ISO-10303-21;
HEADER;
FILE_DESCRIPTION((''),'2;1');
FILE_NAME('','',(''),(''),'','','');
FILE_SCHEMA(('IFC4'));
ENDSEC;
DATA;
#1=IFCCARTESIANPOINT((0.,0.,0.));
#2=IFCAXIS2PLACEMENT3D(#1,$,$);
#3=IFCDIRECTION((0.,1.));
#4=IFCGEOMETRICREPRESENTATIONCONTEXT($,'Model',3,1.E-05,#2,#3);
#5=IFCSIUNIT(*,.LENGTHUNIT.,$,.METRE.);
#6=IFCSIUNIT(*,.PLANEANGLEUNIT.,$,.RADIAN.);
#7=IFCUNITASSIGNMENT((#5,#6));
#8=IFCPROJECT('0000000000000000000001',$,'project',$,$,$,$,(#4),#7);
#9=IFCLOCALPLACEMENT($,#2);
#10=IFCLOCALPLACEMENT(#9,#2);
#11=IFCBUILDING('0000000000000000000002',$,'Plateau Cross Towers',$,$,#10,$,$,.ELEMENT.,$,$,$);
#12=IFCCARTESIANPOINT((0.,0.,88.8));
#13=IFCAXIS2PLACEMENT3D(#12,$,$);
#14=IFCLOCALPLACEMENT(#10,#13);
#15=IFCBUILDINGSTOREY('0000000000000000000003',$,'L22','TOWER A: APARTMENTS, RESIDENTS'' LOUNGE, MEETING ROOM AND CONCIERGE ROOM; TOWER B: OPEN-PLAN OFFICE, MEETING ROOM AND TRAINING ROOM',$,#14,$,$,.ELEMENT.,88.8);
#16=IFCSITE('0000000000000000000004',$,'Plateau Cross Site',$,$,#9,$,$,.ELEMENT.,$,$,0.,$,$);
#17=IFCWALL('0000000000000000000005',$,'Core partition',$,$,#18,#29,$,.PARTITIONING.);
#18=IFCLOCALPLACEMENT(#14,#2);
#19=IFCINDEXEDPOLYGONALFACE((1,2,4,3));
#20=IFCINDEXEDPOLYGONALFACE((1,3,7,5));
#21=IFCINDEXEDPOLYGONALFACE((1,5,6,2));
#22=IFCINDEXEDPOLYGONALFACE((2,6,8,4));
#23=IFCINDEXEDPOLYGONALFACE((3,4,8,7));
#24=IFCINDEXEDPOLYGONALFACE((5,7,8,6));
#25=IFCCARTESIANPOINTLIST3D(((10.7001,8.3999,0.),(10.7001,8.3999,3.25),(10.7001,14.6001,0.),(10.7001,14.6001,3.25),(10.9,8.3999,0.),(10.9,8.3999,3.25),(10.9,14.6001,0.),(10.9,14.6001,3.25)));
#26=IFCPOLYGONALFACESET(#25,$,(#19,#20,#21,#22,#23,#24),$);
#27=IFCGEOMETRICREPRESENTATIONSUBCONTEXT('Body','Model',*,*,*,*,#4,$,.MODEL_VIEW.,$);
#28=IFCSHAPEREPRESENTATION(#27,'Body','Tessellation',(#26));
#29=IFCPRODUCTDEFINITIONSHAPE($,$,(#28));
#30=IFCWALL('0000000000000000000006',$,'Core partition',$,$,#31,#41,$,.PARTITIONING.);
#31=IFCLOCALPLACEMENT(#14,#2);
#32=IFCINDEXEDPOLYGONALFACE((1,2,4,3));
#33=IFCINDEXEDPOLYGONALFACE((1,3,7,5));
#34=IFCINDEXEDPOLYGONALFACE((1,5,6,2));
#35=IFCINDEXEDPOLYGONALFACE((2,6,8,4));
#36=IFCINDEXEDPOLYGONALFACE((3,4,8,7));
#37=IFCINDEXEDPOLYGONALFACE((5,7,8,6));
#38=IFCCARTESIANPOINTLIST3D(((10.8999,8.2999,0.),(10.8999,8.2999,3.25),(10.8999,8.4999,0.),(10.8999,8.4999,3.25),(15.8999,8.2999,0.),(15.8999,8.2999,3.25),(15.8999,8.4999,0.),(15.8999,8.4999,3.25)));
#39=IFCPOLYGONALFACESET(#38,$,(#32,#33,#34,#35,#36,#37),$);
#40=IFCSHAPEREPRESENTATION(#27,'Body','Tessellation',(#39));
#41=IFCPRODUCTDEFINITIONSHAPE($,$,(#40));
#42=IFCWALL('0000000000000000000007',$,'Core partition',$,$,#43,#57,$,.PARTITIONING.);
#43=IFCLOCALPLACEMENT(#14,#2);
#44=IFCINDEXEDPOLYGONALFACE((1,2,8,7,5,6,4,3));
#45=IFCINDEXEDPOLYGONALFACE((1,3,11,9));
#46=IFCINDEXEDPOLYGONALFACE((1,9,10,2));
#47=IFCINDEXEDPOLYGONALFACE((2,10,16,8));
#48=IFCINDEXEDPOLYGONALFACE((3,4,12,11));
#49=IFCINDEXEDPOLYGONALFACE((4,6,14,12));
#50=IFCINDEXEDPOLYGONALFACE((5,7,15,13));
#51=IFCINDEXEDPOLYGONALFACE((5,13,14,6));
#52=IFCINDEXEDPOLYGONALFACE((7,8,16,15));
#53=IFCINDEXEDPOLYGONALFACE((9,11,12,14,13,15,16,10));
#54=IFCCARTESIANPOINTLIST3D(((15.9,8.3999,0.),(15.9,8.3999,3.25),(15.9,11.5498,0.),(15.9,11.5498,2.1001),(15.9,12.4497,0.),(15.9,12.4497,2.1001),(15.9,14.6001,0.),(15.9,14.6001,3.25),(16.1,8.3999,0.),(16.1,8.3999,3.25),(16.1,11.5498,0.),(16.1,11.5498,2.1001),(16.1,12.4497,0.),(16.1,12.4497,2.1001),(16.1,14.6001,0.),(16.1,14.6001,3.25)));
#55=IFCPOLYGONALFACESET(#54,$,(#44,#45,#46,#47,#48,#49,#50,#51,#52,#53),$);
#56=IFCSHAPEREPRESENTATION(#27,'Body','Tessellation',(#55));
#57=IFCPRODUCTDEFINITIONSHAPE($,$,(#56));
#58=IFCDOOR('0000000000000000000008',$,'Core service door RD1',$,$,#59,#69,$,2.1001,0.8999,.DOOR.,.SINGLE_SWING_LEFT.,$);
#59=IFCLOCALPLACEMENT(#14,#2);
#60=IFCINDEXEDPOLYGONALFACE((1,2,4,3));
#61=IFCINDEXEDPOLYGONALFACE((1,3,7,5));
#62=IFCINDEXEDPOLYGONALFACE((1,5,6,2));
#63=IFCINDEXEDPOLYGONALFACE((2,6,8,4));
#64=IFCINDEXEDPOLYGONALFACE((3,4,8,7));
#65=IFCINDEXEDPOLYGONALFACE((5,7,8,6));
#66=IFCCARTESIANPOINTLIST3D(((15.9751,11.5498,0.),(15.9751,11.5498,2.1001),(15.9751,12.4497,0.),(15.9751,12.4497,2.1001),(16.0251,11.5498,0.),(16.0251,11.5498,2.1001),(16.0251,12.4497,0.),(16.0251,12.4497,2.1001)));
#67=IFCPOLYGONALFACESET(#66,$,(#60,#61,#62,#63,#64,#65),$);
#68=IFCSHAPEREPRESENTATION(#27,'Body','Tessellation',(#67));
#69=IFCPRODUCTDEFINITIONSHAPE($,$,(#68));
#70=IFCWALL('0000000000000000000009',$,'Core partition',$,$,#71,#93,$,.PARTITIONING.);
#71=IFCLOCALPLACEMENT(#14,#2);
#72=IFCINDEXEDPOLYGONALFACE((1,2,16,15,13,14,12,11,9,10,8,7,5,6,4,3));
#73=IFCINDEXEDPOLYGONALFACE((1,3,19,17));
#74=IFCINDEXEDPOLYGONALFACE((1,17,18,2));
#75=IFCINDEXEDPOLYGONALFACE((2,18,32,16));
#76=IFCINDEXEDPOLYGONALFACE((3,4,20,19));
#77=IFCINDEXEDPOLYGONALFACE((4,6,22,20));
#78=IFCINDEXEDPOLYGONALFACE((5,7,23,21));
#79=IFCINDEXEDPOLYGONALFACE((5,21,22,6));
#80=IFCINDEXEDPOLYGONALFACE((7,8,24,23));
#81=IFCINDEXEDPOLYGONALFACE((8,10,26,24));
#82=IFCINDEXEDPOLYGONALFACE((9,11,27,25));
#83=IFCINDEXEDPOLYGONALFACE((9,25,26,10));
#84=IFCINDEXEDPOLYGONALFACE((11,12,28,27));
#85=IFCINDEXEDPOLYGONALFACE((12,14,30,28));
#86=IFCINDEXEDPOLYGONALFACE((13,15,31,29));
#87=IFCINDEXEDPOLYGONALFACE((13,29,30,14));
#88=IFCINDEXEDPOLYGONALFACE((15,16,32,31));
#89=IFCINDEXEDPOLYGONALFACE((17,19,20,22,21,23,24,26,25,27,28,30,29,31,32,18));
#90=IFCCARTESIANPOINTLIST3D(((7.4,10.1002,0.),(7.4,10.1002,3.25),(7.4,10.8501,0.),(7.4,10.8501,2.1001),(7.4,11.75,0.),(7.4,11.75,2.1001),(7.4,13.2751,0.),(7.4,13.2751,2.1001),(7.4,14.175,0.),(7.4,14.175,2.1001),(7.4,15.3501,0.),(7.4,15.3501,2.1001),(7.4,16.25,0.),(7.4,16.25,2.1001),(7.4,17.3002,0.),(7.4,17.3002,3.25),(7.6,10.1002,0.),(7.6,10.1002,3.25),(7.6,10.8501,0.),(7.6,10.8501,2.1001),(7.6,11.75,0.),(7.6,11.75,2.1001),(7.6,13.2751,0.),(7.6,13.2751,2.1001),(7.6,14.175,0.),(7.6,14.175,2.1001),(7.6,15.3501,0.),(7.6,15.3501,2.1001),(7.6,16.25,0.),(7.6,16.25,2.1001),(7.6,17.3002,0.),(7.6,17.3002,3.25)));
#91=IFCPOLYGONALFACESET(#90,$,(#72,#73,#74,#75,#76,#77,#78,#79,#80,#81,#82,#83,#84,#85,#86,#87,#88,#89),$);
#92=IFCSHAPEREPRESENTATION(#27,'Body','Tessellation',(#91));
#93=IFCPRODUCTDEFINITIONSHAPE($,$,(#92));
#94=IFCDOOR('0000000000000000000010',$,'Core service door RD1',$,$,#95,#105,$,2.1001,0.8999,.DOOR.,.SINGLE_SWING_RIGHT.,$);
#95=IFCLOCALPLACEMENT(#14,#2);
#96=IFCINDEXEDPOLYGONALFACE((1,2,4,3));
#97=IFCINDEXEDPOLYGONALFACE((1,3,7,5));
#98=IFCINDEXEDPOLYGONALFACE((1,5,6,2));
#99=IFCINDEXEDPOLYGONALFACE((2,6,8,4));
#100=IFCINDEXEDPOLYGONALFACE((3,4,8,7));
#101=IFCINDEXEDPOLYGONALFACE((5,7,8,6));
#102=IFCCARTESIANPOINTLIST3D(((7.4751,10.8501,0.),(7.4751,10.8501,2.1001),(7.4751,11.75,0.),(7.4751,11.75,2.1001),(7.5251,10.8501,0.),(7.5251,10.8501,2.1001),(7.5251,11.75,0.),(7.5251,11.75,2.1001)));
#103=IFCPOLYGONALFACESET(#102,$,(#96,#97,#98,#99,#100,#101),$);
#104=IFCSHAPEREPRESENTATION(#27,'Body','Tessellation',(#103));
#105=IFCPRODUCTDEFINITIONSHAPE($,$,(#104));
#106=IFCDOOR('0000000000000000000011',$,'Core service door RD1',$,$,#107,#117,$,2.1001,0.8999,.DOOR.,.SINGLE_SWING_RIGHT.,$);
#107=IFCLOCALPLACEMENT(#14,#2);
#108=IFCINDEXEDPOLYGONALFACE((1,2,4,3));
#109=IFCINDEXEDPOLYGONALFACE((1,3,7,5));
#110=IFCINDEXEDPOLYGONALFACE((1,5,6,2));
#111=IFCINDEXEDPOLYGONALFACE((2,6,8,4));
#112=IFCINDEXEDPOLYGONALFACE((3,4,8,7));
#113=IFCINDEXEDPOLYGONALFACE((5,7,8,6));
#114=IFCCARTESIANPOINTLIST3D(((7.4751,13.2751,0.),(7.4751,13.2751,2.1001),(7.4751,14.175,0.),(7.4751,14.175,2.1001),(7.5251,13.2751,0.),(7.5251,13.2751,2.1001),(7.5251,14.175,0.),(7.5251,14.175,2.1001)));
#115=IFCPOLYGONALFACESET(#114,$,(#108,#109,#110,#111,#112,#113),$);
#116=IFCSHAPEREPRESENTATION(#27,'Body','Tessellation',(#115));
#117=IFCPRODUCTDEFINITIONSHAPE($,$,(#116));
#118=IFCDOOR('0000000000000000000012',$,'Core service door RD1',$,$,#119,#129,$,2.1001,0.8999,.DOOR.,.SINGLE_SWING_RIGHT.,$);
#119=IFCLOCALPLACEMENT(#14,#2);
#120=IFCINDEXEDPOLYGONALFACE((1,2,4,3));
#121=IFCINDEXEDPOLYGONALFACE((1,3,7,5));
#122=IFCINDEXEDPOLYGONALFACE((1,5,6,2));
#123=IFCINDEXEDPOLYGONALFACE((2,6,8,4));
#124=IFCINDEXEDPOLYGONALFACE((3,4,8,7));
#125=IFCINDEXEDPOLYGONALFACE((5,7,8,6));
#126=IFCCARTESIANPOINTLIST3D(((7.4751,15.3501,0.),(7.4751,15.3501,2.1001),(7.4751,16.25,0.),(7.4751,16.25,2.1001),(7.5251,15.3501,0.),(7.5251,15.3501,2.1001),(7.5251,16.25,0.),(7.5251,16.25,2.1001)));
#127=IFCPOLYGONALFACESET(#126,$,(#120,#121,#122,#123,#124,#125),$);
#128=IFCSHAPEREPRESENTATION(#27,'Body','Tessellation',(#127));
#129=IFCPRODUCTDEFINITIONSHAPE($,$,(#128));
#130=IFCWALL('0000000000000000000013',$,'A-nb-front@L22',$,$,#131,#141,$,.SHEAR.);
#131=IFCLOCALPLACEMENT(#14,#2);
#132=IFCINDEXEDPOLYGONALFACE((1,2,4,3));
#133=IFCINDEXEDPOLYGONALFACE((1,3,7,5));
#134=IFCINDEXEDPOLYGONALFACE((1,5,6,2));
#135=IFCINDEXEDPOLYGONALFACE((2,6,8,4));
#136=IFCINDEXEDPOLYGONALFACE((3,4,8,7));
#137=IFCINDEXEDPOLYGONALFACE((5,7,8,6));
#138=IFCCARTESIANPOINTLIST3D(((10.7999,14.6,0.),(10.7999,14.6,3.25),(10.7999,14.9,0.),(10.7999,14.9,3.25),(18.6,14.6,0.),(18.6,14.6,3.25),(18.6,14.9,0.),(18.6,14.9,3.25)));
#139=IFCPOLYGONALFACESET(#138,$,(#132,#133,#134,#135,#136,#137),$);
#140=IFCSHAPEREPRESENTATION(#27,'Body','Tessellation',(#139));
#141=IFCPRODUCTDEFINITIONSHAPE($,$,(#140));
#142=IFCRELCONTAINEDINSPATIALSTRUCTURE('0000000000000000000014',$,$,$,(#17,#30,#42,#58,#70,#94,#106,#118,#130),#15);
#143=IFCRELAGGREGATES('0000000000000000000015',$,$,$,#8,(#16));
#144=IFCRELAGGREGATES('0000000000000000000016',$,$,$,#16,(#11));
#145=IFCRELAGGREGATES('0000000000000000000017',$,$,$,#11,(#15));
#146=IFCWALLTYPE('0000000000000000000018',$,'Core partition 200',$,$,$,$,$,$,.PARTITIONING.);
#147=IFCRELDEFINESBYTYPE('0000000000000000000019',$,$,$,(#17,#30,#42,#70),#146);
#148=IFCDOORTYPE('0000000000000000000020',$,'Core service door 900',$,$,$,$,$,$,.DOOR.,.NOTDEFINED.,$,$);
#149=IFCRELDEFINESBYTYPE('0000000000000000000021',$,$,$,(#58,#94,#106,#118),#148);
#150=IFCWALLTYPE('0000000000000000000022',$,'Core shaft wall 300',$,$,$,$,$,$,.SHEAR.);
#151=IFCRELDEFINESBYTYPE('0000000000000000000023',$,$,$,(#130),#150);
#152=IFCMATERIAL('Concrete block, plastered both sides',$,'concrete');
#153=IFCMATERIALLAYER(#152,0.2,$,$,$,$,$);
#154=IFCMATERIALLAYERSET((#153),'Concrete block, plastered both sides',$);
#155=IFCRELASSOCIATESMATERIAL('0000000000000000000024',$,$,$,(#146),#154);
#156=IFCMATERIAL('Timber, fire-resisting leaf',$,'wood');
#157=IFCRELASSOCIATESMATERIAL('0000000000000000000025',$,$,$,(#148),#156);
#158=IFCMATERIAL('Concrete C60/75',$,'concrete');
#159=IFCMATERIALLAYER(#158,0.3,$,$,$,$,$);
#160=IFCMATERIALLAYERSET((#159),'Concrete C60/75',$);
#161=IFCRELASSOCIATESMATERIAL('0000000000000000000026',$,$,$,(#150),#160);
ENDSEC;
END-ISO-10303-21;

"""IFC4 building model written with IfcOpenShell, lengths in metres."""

from ifc_helpers import new_model, si_unit, direction, frame, frame_2d, origin, place, context, subcontext, project, spatial, rectangle, extrude, material, layer, layer_set, type_object, element, fill, save


model = new_model("IFC4")

# Units and contexts
model_context = context("Model", 3, precision=1e-05, world=origin(), true_north=direction((0.0, 1.0)))
body_context = subcontext(model_context, "Body", "Model", "MODEL_VIEW")
ifc_project = project(units=[si_unit("LENGTHUNIT", "METRE"), si_unit("PLANEANGLEUNIT", "RADIAN")], contexts=[model_context])

# Site, building, storey
site_placement = place(None, origin())
site = spatial("IfcSite", under=ifc_project, at=site_placement, Name="Plateau Cross Site", CompositionType="ELEMENT", RefElevation=0.0)
building_placement = place(site_placement, origin())
building = spatial("IfcBuilding", under=site, at=building_placement, Name="Plateau Cross Towers", CompositionType="ELEMENT")
storey_placement = place(building_placement, frame((0.0, 0.0, 88.8)))
storey = spatial("IfcBuildingStorey", under=building, at=storey_placement, Name="L22", Description="TOWER A: APARTMENTS, RESIDENTS' LOUNGE, MEETING ROOM AND CONCIERGE ROOM; TOWER B: OPEN-PLAN OFFICE, MEETING ROOM AND TRAINING ROOM", CompositionType="ELEMENT", Elevation=88.8)

# Walls
ifc_material_1 = material(Name="Concrete block, plastered both sides", Category="concrete")
ifc_layer_1 = layer(ifc_material_1, 0.2)
ifc_layer_set_1 = layer_set([ifc_layer_1], Name="Concrete block, plastered both sides")
wall_type_1 = type_object("IfcWallType", Name="Core partition 200", PredefinedType="PARTITIONING", material=ifc_layer_set_1)
wall_1_placement = place(storey_placement, frame((10.8, 8.3999, 0.0), z_axis=(0.0, 0.0, 1.0), x_axis=(0.0, 1.0, 0.0)))
element("IfcWall", 1, at=wall_1_placement, inside=storey, type_object=wall_type_1, Name="Core partition", PredefinedType="PARTITIONING", context=body_context, shape_type="SweptSolid", body=[
    extrude(rectangle(XDim=6.2002, YDim=0.2, at=frame_2d((3.1001, 0.0))), origin(), (0.0, 0.0, 1.0), 3.25),
])
wall_2_placement = place(storey_placement, frame((10.8999, 8.3999, 0.0), z_axis=(0.0, 0.0, 1.0), x_axis=(1.0, 0.0, 0.0)))
element("IfcWall", 2, at=wall_2_placement, inside=storey, type_object=wall_type_1, Name="Core partition", PredefinedType="PARTITIONING", context=body_context, shape_type="SweptSolid", body=[
    extrude(rectangle(XDim=5.0, YDim=0.2, at=frame_2d((2.5, 0.0))), origin(), (0.0, 0.0, 1.0), 3.25),
])

# Wall, opening, door
wall_3_placement = place(storey_placement, frame((16.0, 8.3999, 0.0), z_axis=(0.0, 0.0, 1.0), x_axis=(0.0, 1.0, 0.0)))
wall_3 = element("IfcWall", 3, at=wall_3_placement, inside=storey, type_object=wall_type_1, Name="Core partition", PredefinedType="PARTITIONING", context=body_context, shape_type="SweptSolid", body=[
    extrude(rectangle(XDim=6.2002, YDim=0.2, at=frame_2d((3.1001, 0.0))), origin(), (0.0, 0.0, 1.0), 3.25),
])
opening_1_placement = place(wall_3_placement, frame((3.1499, 0.0, 0.0)))
opening_1 = element("IfcOpeningElement", 4, at=opening_1_placement, cuts=wall_3, PredefinedType="OPENING", context=body_context, shape_type="SweptSolid", body=[
    extrude(rectangle(XDim=0.8999, YDim=2.1001, at=frame_2d((0.45, 1.05))), frame((0.0, 0.1099, 0.0), z_axis=(0.0, -1.0, 0.0), x_axis=(1.0, 0.0, 0.0)), (0.0, 0.0, 1.0), 0.22),
])
ifc_material_2 = material(Name="Timber, fire-resisting leaf", Category="wood")
door_type = type_object("IfcDoorType", Name="Core service door 900", OperationType="NOTDEFINED", PredefinedType="DOOR", material=ifc_material_2)
door_1_placement = place(opening_1_placement, origin())
door_1 = element("IfcDoor", 5, at=door_1_placement, inside=storey, type_object=door_type, Name="Core service door RD1", OperationType="SINGLE_SWING_LEFT", OverallHeight=2.1001, OverallWidth=0.8999, PredefinedType="DOOR", context=body_context, shape_type="SweptSolid", body=[
    extrude(rectangle(XDim=0.8999, YDim=2.1001, at=frame_2d((0.45, 1.05))), frame((0.0, 0.0249, 0.0), z_axis=(0.0, -1.0, 0.0), x_axis=(1.0, 0.0, 0.0)), (0.0, 0.0, 1.0), 0.05),
])
fill(opening_1, door_1)

# Wall, openings, doors
wall_4_placement = place(storey_placement, frame((7.5, 10.1001, 0.0), z_axis=(0.0, 0.0, 1.0), x_axis=(0.0, 1.0, 0.0)))
wall_4 = element("IfcWall", 6, at=wall_4_placement, inside=storey, type_object=wall_type_1, Name="Core partition", PredefinedType="PARTITIONING", context=body_context, shape_type="SweptSolid", body=[
    extrude(rectangle(XDim=7.2, YDim=0.2, at=frame_2d((3.6001, 0.0))), origin(), (0.0, 0.0, 1.0), 3.25),
])
opening_2_placement = place(wall_4_placement, frame((0.75, 0.0, 0.0)))
opening_2 = element("IfcOpeningElement", 7, at=opening_2_placement, cuts=wall_4, PredefinedType="OPENING", context=body_context, shape_type="SweptSolid", body=[
    extrude(rectangle(XDim=0.8999, YDim=2.1001, at=frame_2d((0.45, 1.05))), frame((0.0, 0.1099, 0.0), z_axis=(0.0, -1.0, 0.0), x_axis=(1.0, 0.0, 0.0)), (0.0, 0.0, 1.0), 0.22),
])
opening_3_placement = place(wall_4_placement, frame((3.175, 0.0, 0.0)))
opening_3 = element("IfcOpeningElement", 8, at=opening_3_placement, cuts=wall_4, PredefinedType="OPENING", context=body_context, shape_type="SweptSolid", body=[
    extrude(rectangle(XDim=0.8999, YDim=2.1001, at=frame_2d((0.45, 1.05))), frame((0.0, 0.1099, 0.0), z_axis=(0.0, -1.0, 0.0), x_axis=(1.0, 0.0, 0.0)), (0.0, 0.0, 1.0), 0.22),
])
opening_4_placement = place(wall_4_placement, frame((5.25, 0.0, 0.0)))
opening_4 = element("IfcOpeningElement", 9, at=opening_4_placement, cuts=wall_4, PredefinedType="OPENING", context=body_context, shape_type="SweptSolid", body=[
    extrude(rectangle(XDim=0.8999, YDim=2.1001, at=frame_2d((0.45, 1.05))), frame((0.0, 0.1099, 0.0), z_axis=(0.0, -1.0, 0.0), x_axis=(1.0, 0.0, 0.0)), (0.0, 0.0, 1.0), 0.22),
])
door_2_placement = place(opening_2_placement, origin())
door_2 = element("IfcDoor", 10, at=door_2_placement, inside=storey, type_object=door_type, Name="Core service door RD1", OperationType="SINGLE_SWING_RIGHT", OverallHeight=2.1001, OverallWidth=0.8999, PredefinedType="DOOR", context=body_context, shape_type="SweptSolid", body=[
    extrude(rectangle(XDim=0.8999, YDim=2.1001, at=frame_2d((0.45, 1.05))), frame((0.0, 0.0249, 0.0), z_axis=(0.0, -1.0, 0.0), x_axis=(1.0, 0.0, 0.0)), (0.0, 0.0, 1.0), 0.05),
])
fill(opening_2, door_2)
door_3_placement = place(opening_3_placement, origin())
door_3 = element("IfcDoor", 11, at=door_3_placement, inside=storey, type_object=door_type, Name="Core service door RD1", OperationType="SINGLE_SWING_RIGHT", OverallHeight=2.1001, OverallWidth=0.8999, PredefinedType="DOOR", context=body_context, shape_type="SweptSolid", body=[
    extrude(rectangle(XDim=0.8999, YDim=2.1001, at=frame_2d((0.45, 1.05))), frame((0.0, 0.0249, 0.0), z_axis=(0.0, -1.0, 0.0), x_axis=(1.0, 0.0, 0.0)), (0.0, 0.0, 1.0), 0.05),
])
fill(opening_3, door_3)
door_4_placement = place(opening_4_placement, origin())
door_4 = element("IfcDoor", 12, at=door_4_placement, inside=storey, type_object=door_type, Name="Core service door RD1", OperationType="SINGLE_SWING_RIGHT", OverallHeight=2.1001, OverallWidth=0.8999, PredefinedType="DOOR", context=body_context, shape_type="SweptSolid", body=[
    extrude(rectangle(XDim=0.8999, YDim=2.1001, at=frame_2d((0.45, 1.05))), frame((0.0, 0.0249, 0.0), z_axis=(0.0, -1.0, 0.0), x_axis=(1.0, 0.0, 0.0)), (0.0, 0.0, 1.0), 0.05),
])
fill(opening_4, door_4)

# Wall
ifc_material_3 = material(Name="Concrete C60/75", Category="concrete")
ifc_layer_2 = layer(ifc_material_3, 0.3)
ifc_layer_set_2 = layer_set([ifc_layer_2], Name="Concrete C60/75")
wall_type_2 = type_object("IfcWallType", Name="Core shaft wall 300", PredefinedType="SHEAR", material=ifc_layer_set_2)
wall_5_placement = place(storey_placement, frame((10.8, 14.75, 0.0), z_axis=(0.0, 0.0, 1.0), x_axis=(1.0, 0.0, 0.0)))
element("IfcWall", 13, at=wall_5_placement, inside=storey, type_object=wall_type_2, Name="A-nb-front@L22", PredefinedType="SHEAR", context=body_context, shape_type="SweptSolid", body=[
    extrude(rectangle(XDim=7.8, YDim=0.3, at=frame_2d((3.8999, 0.0))), origin(), (0.0, 0.0, 1.0), 3.25),
])

save(model, "model.ifc")
